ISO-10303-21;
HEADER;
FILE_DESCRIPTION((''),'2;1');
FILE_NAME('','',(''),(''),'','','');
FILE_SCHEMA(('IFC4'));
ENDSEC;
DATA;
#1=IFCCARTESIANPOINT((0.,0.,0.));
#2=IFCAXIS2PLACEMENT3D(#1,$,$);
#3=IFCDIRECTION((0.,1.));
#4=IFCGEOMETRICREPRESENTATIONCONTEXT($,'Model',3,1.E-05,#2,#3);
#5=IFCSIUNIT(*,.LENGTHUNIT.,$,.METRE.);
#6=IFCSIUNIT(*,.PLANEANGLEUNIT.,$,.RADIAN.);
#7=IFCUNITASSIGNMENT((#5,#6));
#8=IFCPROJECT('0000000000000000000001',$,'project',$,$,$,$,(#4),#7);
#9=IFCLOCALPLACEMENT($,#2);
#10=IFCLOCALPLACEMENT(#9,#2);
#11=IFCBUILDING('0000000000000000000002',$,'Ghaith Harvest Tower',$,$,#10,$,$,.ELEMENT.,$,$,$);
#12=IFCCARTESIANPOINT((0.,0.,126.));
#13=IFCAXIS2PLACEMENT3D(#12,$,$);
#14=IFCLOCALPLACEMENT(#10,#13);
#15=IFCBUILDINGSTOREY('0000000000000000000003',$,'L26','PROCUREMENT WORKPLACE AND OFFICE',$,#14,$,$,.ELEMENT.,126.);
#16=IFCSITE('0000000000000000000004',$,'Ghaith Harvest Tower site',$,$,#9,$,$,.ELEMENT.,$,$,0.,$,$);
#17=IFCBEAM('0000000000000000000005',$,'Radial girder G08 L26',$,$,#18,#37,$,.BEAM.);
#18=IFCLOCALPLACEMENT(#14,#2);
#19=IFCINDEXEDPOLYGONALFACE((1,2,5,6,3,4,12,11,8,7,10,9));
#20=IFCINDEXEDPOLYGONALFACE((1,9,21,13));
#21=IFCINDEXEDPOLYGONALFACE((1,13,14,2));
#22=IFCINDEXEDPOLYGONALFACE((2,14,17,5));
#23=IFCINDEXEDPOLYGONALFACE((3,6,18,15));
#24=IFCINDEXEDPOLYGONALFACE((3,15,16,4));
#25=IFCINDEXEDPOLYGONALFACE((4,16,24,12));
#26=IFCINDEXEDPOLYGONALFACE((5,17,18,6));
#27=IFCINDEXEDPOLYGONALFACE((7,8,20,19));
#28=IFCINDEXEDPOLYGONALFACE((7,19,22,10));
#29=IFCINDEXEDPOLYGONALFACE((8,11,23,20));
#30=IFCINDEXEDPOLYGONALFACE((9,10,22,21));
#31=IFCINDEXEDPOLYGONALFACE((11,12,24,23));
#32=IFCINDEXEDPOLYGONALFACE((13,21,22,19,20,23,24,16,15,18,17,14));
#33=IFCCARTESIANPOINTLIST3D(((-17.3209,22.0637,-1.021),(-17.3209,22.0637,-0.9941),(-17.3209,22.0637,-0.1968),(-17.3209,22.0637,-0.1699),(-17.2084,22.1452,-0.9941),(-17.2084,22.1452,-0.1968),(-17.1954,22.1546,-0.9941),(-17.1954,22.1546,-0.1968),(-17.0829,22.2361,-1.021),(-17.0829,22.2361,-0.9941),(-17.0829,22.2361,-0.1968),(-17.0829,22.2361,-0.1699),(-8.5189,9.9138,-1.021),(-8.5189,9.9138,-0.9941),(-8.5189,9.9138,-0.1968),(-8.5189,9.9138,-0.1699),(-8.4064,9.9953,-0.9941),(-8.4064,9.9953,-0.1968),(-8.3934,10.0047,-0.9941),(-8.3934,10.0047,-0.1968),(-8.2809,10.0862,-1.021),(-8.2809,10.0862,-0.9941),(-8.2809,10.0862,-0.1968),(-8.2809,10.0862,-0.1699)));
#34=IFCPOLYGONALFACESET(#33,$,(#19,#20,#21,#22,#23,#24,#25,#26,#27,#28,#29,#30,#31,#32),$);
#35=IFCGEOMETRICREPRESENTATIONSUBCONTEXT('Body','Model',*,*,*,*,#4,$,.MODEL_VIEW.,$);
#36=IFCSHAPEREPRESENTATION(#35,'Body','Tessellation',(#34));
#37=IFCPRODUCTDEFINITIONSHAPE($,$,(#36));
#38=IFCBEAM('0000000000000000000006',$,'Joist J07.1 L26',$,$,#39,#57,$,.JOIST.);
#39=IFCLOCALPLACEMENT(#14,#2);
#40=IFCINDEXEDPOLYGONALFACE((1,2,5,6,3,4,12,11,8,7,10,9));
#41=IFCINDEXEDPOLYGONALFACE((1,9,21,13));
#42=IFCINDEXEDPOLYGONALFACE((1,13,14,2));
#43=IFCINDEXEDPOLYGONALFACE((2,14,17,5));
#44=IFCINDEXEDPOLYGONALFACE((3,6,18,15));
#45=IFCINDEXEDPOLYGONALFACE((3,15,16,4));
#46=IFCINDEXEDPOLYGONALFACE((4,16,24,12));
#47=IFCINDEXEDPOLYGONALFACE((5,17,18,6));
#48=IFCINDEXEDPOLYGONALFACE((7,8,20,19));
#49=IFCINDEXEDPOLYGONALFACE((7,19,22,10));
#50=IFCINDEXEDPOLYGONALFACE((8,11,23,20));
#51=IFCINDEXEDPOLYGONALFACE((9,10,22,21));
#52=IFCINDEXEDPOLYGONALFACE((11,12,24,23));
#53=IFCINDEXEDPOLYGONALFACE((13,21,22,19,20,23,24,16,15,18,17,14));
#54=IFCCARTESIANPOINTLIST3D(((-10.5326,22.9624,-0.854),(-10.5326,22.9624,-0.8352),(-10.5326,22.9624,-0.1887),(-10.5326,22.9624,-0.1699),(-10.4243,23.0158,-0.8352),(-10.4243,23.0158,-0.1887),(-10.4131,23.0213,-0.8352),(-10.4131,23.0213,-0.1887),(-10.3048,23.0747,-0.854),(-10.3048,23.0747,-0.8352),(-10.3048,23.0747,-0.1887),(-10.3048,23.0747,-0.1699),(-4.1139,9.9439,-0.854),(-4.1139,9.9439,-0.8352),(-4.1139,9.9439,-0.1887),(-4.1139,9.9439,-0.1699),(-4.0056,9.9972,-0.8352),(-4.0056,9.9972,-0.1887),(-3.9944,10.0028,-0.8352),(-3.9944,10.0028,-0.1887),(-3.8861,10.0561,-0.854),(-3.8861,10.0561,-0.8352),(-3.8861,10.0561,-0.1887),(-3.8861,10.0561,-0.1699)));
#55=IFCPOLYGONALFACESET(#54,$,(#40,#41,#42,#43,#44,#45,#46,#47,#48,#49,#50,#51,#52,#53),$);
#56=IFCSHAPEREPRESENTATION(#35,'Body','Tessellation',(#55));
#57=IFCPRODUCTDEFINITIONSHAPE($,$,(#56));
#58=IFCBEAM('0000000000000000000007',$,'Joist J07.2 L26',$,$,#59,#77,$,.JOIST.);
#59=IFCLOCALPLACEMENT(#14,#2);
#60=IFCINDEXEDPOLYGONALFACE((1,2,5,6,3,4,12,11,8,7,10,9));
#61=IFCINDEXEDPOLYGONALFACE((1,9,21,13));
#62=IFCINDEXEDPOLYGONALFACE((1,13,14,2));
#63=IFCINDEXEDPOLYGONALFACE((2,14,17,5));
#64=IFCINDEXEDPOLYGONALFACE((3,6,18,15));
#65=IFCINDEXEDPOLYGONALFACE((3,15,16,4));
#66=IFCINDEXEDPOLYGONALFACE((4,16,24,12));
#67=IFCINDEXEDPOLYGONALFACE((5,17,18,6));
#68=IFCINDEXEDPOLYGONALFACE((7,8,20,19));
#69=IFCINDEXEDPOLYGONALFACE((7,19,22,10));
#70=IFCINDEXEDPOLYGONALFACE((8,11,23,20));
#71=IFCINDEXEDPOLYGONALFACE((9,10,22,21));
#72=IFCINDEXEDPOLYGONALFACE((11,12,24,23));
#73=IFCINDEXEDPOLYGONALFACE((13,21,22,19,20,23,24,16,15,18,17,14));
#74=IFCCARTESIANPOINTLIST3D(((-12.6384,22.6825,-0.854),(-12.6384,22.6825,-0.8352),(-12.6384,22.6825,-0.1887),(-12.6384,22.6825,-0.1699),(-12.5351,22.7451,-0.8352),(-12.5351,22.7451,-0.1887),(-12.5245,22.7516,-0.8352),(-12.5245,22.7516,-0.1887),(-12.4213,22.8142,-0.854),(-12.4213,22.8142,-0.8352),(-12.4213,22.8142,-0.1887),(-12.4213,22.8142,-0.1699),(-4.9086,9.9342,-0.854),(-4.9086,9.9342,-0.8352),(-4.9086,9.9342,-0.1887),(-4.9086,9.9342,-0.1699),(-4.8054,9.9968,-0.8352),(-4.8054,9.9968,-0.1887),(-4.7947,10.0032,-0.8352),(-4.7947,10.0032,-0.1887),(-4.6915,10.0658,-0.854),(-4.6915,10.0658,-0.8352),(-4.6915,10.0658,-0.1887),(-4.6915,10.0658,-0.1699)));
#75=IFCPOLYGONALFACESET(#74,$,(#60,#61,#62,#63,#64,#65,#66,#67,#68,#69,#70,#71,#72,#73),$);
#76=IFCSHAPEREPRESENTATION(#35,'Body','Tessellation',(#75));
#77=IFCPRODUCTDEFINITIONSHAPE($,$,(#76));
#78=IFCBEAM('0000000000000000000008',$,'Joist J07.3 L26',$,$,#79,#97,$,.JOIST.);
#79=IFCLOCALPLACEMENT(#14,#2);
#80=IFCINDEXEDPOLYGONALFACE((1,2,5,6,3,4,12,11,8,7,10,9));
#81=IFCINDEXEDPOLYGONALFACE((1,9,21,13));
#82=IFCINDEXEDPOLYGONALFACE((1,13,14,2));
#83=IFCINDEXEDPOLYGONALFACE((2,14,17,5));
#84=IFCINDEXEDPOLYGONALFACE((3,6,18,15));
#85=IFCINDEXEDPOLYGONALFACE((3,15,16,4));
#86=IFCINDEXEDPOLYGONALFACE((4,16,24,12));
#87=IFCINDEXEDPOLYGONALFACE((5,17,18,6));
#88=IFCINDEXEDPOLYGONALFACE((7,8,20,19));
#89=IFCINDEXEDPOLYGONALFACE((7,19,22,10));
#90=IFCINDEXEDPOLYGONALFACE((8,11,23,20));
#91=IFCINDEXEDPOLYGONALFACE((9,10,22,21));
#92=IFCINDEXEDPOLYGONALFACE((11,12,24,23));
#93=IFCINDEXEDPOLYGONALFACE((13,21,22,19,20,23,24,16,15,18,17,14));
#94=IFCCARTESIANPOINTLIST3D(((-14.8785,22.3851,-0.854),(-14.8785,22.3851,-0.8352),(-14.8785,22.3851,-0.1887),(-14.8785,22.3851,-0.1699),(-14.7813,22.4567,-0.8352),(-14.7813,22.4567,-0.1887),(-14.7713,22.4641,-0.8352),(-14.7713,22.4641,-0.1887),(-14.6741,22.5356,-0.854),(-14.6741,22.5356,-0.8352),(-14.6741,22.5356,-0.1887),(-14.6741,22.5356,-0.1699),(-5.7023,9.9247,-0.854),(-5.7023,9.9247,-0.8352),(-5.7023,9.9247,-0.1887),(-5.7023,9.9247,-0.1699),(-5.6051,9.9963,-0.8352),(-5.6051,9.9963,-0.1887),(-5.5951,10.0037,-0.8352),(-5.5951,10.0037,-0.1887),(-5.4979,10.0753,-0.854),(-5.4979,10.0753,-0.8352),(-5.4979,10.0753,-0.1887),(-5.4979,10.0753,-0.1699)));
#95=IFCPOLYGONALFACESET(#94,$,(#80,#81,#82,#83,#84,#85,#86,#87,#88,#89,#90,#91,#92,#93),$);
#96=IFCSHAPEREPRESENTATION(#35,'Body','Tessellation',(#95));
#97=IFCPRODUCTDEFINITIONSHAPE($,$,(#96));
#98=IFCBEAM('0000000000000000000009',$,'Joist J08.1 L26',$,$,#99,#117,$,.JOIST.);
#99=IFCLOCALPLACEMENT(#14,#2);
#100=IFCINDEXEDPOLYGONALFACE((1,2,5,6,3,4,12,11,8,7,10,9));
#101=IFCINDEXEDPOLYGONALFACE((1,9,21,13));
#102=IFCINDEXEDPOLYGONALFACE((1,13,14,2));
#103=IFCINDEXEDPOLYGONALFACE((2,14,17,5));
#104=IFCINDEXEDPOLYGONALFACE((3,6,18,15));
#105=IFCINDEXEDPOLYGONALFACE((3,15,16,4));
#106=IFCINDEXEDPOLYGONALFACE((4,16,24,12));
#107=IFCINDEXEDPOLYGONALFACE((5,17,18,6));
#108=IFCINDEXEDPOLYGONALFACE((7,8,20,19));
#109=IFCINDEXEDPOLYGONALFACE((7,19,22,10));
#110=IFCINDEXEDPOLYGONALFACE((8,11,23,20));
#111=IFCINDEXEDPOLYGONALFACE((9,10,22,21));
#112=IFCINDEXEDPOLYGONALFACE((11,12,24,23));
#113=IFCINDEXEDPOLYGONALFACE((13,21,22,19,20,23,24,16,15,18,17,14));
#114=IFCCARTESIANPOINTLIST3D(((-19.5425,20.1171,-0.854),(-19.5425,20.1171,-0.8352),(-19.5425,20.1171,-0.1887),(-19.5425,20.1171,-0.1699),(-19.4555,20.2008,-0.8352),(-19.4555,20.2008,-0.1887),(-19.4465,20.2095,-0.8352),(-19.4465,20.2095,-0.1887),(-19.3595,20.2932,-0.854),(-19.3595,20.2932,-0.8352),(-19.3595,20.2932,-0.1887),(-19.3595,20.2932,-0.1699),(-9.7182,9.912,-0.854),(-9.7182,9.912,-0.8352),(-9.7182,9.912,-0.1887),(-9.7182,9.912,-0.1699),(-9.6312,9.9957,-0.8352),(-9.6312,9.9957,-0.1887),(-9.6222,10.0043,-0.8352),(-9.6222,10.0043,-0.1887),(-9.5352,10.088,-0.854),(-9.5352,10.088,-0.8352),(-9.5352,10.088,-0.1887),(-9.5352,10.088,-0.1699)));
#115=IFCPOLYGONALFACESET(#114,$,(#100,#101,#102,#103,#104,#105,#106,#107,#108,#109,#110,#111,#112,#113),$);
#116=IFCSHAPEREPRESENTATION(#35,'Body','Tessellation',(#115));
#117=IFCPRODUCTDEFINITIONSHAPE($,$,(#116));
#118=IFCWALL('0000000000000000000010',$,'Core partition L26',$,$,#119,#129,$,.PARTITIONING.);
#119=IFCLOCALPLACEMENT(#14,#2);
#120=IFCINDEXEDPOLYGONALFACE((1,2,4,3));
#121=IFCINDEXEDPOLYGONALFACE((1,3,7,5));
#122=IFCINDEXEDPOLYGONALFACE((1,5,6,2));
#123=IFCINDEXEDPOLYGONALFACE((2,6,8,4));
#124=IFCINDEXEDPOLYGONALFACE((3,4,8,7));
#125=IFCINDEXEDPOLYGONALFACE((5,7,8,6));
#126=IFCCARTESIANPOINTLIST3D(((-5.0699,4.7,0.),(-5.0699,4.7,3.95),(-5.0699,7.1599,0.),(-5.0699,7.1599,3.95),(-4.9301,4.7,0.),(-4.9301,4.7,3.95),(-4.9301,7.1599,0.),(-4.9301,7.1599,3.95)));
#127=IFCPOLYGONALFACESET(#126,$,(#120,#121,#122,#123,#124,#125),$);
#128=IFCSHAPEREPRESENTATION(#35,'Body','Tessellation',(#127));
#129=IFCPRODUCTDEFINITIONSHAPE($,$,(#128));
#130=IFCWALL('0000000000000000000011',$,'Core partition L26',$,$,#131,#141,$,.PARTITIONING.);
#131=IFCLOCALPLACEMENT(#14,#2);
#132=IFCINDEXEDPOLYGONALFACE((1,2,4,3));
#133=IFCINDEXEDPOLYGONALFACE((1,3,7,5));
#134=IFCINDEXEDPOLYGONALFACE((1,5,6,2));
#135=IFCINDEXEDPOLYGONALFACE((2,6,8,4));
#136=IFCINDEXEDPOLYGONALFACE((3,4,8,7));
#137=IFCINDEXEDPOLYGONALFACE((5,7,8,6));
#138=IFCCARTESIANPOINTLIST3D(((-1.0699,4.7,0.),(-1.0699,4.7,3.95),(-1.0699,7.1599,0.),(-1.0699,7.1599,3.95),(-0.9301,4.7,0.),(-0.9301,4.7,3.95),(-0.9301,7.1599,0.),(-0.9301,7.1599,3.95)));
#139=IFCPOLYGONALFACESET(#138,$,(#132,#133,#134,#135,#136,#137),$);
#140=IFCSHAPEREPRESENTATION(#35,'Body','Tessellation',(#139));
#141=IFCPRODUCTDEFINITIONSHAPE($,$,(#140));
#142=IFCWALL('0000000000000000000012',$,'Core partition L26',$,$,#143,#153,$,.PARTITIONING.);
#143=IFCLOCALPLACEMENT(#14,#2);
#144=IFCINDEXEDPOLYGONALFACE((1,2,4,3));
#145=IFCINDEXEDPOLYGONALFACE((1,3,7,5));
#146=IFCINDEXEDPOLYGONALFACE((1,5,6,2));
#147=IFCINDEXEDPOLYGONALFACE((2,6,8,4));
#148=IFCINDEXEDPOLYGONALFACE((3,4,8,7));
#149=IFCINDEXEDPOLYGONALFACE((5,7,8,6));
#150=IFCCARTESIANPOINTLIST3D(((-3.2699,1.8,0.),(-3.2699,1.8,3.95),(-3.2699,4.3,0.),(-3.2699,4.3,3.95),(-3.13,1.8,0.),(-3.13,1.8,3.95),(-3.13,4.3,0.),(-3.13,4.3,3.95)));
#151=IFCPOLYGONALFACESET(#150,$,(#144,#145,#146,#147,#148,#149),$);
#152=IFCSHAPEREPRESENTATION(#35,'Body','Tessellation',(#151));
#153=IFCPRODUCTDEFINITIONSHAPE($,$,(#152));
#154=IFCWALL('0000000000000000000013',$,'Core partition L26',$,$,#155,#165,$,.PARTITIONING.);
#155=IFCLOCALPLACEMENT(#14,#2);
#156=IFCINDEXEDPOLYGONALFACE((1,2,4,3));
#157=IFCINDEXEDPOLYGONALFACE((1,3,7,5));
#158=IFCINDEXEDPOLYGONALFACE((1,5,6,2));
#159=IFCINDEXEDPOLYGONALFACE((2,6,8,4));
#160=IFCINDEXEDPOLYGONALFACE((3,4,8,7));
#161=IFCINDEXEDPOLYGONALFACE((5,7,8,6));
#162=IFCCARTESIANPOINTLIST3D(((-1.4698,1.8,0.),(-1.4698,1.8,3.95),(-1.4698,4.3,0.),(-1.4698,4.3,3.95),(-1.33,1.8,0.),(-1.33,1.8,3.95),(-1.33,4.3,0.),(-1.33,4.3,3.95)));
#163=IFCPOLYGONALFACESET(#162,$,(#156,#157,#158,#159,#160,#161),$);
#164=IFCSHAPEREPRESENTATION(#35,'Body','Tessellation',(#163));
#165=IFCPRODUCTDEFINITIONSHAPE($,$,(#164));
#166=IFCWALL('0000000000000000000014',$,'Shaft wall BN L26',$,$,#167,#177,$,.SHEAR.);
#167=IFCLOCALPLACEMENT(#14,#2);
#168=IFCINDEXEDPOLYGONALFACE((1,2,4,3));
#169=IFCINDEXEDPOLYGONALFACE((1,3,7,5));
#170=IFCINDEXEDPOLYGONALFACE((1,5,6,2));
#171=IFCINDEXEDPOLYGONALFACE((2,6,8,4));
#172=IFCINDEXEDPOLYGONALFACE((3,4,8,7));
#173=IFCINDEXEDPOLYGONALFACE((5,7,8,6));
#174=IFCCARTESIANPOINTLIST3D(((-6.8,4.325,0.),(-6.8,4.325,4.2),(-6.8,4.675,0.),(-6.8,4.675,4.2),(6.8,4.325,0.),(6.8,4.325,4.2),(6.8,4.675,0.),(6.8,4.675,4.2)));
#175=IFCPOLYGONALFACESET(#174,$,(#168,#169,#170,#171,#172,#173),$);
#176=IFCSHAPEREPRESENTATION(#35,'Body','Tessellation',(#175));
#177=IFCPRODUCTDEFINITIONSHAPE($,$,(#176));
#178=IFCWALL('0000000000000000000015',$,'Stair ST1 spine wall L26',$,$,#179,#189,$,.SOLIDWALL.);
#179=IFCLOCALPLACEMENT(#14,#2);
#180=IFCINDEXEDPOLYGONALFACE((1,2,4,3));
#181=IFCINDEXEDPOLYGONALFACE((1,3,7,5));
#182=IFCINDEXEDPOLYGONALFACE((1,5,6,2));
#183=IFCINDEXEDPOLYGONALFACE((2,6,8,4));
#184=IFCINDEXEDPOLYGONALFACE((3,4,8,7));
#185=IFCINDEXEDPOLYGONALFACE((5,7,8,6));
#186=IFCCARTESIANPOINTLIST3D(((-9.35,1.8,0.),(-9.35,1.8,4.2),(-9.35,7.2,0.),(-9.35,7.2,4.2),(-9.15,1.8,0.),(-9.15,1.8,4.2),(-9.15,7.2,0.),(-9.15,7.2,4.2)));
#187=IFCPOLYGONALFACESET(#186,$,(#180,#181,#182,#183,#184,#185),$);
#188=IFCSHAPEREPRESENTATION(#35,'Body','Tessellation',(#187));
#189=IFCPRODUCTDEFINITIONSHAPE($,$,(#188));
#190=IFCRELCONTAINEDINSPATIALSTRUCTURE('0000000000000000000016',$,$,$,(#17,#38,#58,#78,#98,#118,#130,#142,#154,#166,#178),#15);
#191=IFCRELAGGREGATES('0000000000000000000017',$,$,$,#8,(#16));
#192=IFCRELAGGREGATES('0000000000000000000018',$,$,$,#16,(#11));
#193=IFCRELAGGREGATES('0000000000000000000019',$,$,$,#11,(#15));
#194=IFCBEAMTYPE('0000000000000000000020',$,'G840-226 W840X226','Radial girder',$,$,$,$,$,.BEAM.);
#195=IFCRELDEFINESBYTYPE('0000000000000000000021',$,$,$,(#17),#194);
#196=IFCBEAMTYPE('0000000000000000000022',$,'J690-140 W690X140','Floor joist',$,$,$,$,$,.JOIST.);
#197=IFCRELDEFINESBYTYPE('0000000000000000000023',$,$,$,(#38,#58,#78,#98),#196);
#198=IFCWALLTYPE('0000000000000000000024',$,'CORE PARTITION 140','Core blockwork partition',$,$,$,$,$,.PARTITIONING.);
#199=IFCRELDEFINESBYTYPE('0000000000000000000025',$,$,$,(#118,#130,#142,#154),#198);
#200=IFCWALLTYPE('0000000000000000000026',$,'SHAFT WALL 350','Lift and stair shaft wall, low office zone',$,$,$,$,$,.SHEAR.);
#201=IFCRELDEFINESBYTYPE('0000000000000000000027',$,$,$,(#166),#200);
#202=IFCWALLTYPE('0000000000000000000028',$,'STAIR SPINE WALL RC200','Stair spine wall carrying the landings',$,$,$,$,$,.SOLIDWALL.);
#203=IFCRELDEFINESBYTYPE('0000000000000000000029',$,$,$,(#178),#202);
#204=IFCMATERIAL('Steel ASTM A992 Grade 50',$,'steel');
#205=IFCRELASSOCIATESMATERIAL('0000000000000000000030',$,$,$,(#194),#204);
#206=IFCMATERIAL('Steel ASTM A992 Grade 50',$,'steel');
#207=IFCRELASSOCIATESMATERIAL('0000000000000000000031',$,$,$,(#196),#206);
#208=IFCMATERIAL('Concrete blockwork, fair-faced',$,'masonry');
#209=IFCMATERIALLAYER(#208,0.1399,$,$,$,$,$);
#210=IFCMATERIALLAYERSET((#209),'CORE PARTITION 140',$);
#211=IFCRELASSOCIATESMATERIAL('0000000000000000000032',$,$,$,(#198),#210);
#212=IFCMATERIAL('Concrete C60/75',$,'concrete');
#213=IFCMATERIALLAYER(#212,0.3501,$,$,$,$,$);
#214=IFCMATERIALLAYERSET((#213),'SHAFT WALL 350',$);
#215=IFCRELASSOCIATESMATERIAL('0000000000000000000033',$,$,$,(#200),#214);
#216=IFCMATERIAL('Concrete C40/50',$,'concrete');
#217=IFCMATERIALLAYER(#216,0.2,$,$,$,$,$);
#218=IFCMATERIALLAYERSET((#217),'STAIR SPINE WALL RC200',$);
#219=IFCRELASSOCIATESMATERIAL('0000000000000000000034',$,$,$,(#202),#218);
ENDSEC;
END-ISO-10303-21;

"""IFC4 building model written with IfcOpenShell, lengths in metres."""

from ifc_helpers import new_model, si_unit, direction, frame, frame_2d, origin, origin_2d, place, context, subcontext, project, spatial, rectangle, i_section, extrude, material, layer, layer_set, material_profile, profile_set, type_object, element, save


model = new_model("IFC4")

# Units and contexts
model_context = context("Model", 3, precision=1e-05, world=origin(), true_north=direction((0.0, 1.0)))
body_context = subcontext(model_context, "Body", "Model", "MODEL_VIEW")
ifc_project = project(units=[si_unit("LENGTHUNIT", "METRE"), si_unit("PLANEANGLEUNIT", "RADIAN")], contexts=[model_context])

# Site, building, storey
site_placement = place(None, origin())
site = spatial("IfcSite", under=ifc_project, at=site_placement, Name="Ghaith Harvest Tower site", CompositionType="ELEMENT", RefElevation=0.0)
building_placement = place(site_placement, origin())
building = spatial("IfcBuilding", under=site, at=building_placement, Name="Ghaith Harvest Tower", CompositionType="ELEMENT")
storey_placement = place(building_placement, frame((0.0, 0.0, 126.0)))
storey = spatial("IfcBuildingStorey", under=building, at=storey_placement, Name="L26", Description="PROCUREMENT WORKPLACE AND OFFICE", CompositionType="ELEMENT", Elevation=126.0)

# Beams
ifc_material_1 = material(Name="Steel ASTM A992 Grade 50", Category="steel")
ifc_material_profile_1 = material_profile(ifc_material_1, i_section(OverallWidth=0.2939, OverallDepth=0.8511, WebThickness=0.0161, FlangeThickness=0.0269, at=origin_2d()), Name="W840X226")
ifc_profile_set_1 = profile_set([ifc_material_profile_1], Name="Steel ASTM A992 Grade 50")
beam_type_1 = type_object("IfcBeamType", Name="G840-226 W840X226", Description="Radial girder", PredefinedType="BEAM", material=ifc_profile_set_1)
beam_1_placement = place(storey_placement, frame((-8.3999, 10.0, -0.5955), z_axis=(-0.586676, 0.809822, 0.0), x_axis=(-0.809822, -0.586676, 0.0)))
element("IfcBeam", 1, at=beam_1_placement, inside=storey, type_object=beam_type_1, Name="Radial girder G08 L26", PredefinedType="BEAM", context=body_context, shape_type="SweptSolid", body=[
    extrude(i_section(OverallWidth=0.2939, OverallDepth=0.8511, WebThickness=0.0161, FlangeThickness=0.0269, at=origin_2d()), origin(), (0.0, 0.0, 1.0), 15.0032),
])
ifc_material_2 = material(Name="Steel ASTM A992 Grade 50", Category="steel")
ifc_material_profile_2 = material_profile(ifc_material_2, i_section(OverallWidth=0.2539, OverallDepth=0.6841, WebThickness=0.0125, FlangeThickness=0.0188, at=origin_2d()), Name="W690X140")
ifc_profile_set_2 = profile_set([ifc_material_profile_2], Name="Steel ASTM A992 Grade 50")
beam_type_2 = type_object("IfcBeamType", Name="J690-140 W690X140", Description="Floor joist", PredefinedType="JOIST", material=ifc_profile_set_2)
beam_2_placement = place(storey_placement, frame((-4.0, 10.0, -0.512), z_axis=(-0.442214, 0.896909, 0.0), x_axis=(-0.896909, -0.442214, 0.0)))
element("IfcBeam", 2, at=beam_2_placement, inside=storey, type_object=beam_type_2, Name="Joist J07.1 L26", PredefinedType="JOIST", context=body_context, shape_type="SweptSolid", body=[
    extrude(i_section(OverallWidth=0.2539, OverallDepth=0.6841, WebThickness=0.0125, FlangeThickness=0.0188, at=origin_2d()), origin(), (0.0, 0.0, 1.0), 14.5149),
])
beam_3_placement = place(storey_placement, frame((-4.8, 10.0, -0.512), z_axis=(-0.518473, 0.855094, 0.0), x_axis=(-0.855094, -0.518473, 0.0)))
element("IfcBeam", 3, at=beam_3_placement, inside=storey, type_object=beam_type_2, Name="Joist J07.2 L26", PredefinedType="JOIST", context=body_context, shape_type="SweptSolid", body=[
    extrude(i_section(OverallWidth=0.2539, OverallDepth=0.6841, WebThickness=0.0125, FlangeThickness=0.0188, at=origin_2d()), origin(), (0.0, 0.0, 1.0), 14.9087),
])
beam_4_placement = place(storey_placement, frame((-5.6001, 10.0, -0.512), z_axis=(-0.592985, 0.805214, 0.0), x_axis=(-0.805214, -0.592985, 0.0)))
element("IfcBeam", 4, at=beam_4_placement, inside=storey, type_object=beam_type_2, Name="Joist J07.3 L26", PredefinedType="JOIST", context=body_context, shape_type="SweptSolid", body=[
    extrude(i_section(OverallWidth=0.2539, OverallDepth=0.6841, WebThickness=0.0125, FlangeThickness=0.0188, at=origin_2d()), origin(), (0.0, 0.0, 1.0), 15.4746),
])
beam_5_placement = place(storey_placement, frame((-9.6267, 10.0, -0.512), z_axis=(-0.693536, 0.720422, 0.0), x_axis=(-0.720422, -0.693536, 0.0)))
element("IfcBeam", 5, at=beam_5_placement, inside=storey, type_object=beam_type_2, Name="Joist J08.1 L26", PredefinedType="JOIST", context=body_context, shape_type="SweptSolid", body=[
    extrude(i_section(OverallWidth=0.2539, OverallDepth=0.6841, WebThickness=0.0125, FlangeThickness=0.0188, at=origin_2d()), origin(), (0.0, 0.0, 1.0), 14.1655),
])

# Shared definitions
ifc_material_3 = material(Name="Concrete blockwork, fair-faced", Category="masonry")
ifc_layer_1 = layer(ifc_material_3, 0.1399)
ifc_layer_set_1 = layer_set([ifc_layer_1], Name="CORE PARTITION 140")
wall_type_1 = type_object("IfcWallType", Name="CORE PARTITION 140", Description="Core blockwork partition", PredefinedType="PARTITIONING", material=ifc_layer_set_1)

# Walls
for number, where, z_axis, x_axis, name in (
    (6, (-5.0, 4.7, 0.0), (0.0, 0.0, 1.0), (0.0, 1.0, 0.0), "Core partition L26"),
    (7, (-1.0, 4.7, 0.0), (0.0, 0.0, 1.0), (0.0, 1.0, 0.0), "Core partition L26"),
):
    element("IfcWall", number, at=place(storey_placement, frame(where, z_axis=z_axis, x_axis=x_axis)), inside=storey, type_object=wall_type_1, Name=name, PredefinedType="PARTITIONING", context=body_context, shape_type="SweptSolid", body=[
        extrude(rectangle(XDim=2.46, YDim=0.1399, at=frame_2d((1.23, 0.0))), origin(), (0.0, 0.0, 1.0), 3.95),
    ])
for number, where, z_axis, x_axis, name in (
    (8, (-3.2, 1.8, 0.0), (0.0, 0.0, 1.0), (0.0, 1.0, 0.0), "Core partition L26"),
    (9, (-1.3999, 1.8, 0.0), (0.0, 0.0, 1.0), (0.0, 1.0, 0.0), "Core partition L26"),
):
    element("IfcWall", number, at=place(storey_placement, frame(where, z_axis=z_axis, x_axis=x_axis)), inside=storey, type_object=wall_type_1, Name=name, PredefinedType="PARTITIONING", context=body_context, shape_type="SweptSolid", body=[
        extrude(rectangle(XDim=2.5, YDim=0.1399, at=frame_2d((1.25, 0.0))), origin(), (0.0, 0.0, 1.0), 3.95),
    ])

# Shared definitions
ifc_material_4 = material(Name="Concrete C60/75", Category="concrete")
ifc_layer_2 = layer(ifc_material_4, 0.3501)
ifc_layer_set_2 = layer_set([ifc_layer_2], Name="SHAFT WALL 350")
wall_type_2 = type_object("IfcWallType", Name="SHAFT WALL 350", Description="Lift and stair shaft wall, low office zone", PredefinedType="SHEAR", material=ifc_layer_set_2)

# Walls
wall_1_placement = place(storey_placement, frame((-6.8, 4.5, 0.0), z_axis=(0.0, 0.0, 1.0), x_axis=(1.0, 0.0, 0.0)))
element("IfcWall", 10, at=wall_1_placement, inside=storey, type_object=wall_type_2, Name="Shaft wall BN L26", PredefinedType="SHEAR", context=body_context, shape_type="SweptSolid", body=[
    extrude(rectangle(XDim=13.6001, YDim=0.3501, at=frame_2d((6.8, 0.0))), origin(), (0.0, 0.0, 1.0), 4.2),
])
ifc_material_5 = material(Name="Concrete C40/50", Category="concrete")
ifc_layer_3 = layer(ifc_material_5, 0.2)
ifc_layer_set_3 = layer_set([ifc_layer_3], Name="STAIR SPINE WALL RC200")
wall_type_3 = type_object("IfcWallType", Name="STAIR SPINE WALL RC200", Description="Stair spine wall carrying the landings", PredefinedType="SOLIDWALL", material=ifc_layer_set_3)
wall_2_placement = place(storey_placement, frame((-9.25, 7.2, 0.0), z_axis=(0.0, 0.0, 1.0), x_axis=(0.0, -1.0, 0.0)))
element("IfcWall", 11, at=wall_2_placement, inside=storey, type_object=wall_type_3, Name="Stair ST1 spine wall L26", PredefinedType="SOLIDWALL", context=body_context, shape_type="SweptSolid", body=[
    extrude(rectangle(XDim=5.3999, YDim=0.2, at=frame_2d((2.7, 0.0))), origin(), (0.0, 0.0, 1.0), 4.2),
])

save(model, "model.ifc")
